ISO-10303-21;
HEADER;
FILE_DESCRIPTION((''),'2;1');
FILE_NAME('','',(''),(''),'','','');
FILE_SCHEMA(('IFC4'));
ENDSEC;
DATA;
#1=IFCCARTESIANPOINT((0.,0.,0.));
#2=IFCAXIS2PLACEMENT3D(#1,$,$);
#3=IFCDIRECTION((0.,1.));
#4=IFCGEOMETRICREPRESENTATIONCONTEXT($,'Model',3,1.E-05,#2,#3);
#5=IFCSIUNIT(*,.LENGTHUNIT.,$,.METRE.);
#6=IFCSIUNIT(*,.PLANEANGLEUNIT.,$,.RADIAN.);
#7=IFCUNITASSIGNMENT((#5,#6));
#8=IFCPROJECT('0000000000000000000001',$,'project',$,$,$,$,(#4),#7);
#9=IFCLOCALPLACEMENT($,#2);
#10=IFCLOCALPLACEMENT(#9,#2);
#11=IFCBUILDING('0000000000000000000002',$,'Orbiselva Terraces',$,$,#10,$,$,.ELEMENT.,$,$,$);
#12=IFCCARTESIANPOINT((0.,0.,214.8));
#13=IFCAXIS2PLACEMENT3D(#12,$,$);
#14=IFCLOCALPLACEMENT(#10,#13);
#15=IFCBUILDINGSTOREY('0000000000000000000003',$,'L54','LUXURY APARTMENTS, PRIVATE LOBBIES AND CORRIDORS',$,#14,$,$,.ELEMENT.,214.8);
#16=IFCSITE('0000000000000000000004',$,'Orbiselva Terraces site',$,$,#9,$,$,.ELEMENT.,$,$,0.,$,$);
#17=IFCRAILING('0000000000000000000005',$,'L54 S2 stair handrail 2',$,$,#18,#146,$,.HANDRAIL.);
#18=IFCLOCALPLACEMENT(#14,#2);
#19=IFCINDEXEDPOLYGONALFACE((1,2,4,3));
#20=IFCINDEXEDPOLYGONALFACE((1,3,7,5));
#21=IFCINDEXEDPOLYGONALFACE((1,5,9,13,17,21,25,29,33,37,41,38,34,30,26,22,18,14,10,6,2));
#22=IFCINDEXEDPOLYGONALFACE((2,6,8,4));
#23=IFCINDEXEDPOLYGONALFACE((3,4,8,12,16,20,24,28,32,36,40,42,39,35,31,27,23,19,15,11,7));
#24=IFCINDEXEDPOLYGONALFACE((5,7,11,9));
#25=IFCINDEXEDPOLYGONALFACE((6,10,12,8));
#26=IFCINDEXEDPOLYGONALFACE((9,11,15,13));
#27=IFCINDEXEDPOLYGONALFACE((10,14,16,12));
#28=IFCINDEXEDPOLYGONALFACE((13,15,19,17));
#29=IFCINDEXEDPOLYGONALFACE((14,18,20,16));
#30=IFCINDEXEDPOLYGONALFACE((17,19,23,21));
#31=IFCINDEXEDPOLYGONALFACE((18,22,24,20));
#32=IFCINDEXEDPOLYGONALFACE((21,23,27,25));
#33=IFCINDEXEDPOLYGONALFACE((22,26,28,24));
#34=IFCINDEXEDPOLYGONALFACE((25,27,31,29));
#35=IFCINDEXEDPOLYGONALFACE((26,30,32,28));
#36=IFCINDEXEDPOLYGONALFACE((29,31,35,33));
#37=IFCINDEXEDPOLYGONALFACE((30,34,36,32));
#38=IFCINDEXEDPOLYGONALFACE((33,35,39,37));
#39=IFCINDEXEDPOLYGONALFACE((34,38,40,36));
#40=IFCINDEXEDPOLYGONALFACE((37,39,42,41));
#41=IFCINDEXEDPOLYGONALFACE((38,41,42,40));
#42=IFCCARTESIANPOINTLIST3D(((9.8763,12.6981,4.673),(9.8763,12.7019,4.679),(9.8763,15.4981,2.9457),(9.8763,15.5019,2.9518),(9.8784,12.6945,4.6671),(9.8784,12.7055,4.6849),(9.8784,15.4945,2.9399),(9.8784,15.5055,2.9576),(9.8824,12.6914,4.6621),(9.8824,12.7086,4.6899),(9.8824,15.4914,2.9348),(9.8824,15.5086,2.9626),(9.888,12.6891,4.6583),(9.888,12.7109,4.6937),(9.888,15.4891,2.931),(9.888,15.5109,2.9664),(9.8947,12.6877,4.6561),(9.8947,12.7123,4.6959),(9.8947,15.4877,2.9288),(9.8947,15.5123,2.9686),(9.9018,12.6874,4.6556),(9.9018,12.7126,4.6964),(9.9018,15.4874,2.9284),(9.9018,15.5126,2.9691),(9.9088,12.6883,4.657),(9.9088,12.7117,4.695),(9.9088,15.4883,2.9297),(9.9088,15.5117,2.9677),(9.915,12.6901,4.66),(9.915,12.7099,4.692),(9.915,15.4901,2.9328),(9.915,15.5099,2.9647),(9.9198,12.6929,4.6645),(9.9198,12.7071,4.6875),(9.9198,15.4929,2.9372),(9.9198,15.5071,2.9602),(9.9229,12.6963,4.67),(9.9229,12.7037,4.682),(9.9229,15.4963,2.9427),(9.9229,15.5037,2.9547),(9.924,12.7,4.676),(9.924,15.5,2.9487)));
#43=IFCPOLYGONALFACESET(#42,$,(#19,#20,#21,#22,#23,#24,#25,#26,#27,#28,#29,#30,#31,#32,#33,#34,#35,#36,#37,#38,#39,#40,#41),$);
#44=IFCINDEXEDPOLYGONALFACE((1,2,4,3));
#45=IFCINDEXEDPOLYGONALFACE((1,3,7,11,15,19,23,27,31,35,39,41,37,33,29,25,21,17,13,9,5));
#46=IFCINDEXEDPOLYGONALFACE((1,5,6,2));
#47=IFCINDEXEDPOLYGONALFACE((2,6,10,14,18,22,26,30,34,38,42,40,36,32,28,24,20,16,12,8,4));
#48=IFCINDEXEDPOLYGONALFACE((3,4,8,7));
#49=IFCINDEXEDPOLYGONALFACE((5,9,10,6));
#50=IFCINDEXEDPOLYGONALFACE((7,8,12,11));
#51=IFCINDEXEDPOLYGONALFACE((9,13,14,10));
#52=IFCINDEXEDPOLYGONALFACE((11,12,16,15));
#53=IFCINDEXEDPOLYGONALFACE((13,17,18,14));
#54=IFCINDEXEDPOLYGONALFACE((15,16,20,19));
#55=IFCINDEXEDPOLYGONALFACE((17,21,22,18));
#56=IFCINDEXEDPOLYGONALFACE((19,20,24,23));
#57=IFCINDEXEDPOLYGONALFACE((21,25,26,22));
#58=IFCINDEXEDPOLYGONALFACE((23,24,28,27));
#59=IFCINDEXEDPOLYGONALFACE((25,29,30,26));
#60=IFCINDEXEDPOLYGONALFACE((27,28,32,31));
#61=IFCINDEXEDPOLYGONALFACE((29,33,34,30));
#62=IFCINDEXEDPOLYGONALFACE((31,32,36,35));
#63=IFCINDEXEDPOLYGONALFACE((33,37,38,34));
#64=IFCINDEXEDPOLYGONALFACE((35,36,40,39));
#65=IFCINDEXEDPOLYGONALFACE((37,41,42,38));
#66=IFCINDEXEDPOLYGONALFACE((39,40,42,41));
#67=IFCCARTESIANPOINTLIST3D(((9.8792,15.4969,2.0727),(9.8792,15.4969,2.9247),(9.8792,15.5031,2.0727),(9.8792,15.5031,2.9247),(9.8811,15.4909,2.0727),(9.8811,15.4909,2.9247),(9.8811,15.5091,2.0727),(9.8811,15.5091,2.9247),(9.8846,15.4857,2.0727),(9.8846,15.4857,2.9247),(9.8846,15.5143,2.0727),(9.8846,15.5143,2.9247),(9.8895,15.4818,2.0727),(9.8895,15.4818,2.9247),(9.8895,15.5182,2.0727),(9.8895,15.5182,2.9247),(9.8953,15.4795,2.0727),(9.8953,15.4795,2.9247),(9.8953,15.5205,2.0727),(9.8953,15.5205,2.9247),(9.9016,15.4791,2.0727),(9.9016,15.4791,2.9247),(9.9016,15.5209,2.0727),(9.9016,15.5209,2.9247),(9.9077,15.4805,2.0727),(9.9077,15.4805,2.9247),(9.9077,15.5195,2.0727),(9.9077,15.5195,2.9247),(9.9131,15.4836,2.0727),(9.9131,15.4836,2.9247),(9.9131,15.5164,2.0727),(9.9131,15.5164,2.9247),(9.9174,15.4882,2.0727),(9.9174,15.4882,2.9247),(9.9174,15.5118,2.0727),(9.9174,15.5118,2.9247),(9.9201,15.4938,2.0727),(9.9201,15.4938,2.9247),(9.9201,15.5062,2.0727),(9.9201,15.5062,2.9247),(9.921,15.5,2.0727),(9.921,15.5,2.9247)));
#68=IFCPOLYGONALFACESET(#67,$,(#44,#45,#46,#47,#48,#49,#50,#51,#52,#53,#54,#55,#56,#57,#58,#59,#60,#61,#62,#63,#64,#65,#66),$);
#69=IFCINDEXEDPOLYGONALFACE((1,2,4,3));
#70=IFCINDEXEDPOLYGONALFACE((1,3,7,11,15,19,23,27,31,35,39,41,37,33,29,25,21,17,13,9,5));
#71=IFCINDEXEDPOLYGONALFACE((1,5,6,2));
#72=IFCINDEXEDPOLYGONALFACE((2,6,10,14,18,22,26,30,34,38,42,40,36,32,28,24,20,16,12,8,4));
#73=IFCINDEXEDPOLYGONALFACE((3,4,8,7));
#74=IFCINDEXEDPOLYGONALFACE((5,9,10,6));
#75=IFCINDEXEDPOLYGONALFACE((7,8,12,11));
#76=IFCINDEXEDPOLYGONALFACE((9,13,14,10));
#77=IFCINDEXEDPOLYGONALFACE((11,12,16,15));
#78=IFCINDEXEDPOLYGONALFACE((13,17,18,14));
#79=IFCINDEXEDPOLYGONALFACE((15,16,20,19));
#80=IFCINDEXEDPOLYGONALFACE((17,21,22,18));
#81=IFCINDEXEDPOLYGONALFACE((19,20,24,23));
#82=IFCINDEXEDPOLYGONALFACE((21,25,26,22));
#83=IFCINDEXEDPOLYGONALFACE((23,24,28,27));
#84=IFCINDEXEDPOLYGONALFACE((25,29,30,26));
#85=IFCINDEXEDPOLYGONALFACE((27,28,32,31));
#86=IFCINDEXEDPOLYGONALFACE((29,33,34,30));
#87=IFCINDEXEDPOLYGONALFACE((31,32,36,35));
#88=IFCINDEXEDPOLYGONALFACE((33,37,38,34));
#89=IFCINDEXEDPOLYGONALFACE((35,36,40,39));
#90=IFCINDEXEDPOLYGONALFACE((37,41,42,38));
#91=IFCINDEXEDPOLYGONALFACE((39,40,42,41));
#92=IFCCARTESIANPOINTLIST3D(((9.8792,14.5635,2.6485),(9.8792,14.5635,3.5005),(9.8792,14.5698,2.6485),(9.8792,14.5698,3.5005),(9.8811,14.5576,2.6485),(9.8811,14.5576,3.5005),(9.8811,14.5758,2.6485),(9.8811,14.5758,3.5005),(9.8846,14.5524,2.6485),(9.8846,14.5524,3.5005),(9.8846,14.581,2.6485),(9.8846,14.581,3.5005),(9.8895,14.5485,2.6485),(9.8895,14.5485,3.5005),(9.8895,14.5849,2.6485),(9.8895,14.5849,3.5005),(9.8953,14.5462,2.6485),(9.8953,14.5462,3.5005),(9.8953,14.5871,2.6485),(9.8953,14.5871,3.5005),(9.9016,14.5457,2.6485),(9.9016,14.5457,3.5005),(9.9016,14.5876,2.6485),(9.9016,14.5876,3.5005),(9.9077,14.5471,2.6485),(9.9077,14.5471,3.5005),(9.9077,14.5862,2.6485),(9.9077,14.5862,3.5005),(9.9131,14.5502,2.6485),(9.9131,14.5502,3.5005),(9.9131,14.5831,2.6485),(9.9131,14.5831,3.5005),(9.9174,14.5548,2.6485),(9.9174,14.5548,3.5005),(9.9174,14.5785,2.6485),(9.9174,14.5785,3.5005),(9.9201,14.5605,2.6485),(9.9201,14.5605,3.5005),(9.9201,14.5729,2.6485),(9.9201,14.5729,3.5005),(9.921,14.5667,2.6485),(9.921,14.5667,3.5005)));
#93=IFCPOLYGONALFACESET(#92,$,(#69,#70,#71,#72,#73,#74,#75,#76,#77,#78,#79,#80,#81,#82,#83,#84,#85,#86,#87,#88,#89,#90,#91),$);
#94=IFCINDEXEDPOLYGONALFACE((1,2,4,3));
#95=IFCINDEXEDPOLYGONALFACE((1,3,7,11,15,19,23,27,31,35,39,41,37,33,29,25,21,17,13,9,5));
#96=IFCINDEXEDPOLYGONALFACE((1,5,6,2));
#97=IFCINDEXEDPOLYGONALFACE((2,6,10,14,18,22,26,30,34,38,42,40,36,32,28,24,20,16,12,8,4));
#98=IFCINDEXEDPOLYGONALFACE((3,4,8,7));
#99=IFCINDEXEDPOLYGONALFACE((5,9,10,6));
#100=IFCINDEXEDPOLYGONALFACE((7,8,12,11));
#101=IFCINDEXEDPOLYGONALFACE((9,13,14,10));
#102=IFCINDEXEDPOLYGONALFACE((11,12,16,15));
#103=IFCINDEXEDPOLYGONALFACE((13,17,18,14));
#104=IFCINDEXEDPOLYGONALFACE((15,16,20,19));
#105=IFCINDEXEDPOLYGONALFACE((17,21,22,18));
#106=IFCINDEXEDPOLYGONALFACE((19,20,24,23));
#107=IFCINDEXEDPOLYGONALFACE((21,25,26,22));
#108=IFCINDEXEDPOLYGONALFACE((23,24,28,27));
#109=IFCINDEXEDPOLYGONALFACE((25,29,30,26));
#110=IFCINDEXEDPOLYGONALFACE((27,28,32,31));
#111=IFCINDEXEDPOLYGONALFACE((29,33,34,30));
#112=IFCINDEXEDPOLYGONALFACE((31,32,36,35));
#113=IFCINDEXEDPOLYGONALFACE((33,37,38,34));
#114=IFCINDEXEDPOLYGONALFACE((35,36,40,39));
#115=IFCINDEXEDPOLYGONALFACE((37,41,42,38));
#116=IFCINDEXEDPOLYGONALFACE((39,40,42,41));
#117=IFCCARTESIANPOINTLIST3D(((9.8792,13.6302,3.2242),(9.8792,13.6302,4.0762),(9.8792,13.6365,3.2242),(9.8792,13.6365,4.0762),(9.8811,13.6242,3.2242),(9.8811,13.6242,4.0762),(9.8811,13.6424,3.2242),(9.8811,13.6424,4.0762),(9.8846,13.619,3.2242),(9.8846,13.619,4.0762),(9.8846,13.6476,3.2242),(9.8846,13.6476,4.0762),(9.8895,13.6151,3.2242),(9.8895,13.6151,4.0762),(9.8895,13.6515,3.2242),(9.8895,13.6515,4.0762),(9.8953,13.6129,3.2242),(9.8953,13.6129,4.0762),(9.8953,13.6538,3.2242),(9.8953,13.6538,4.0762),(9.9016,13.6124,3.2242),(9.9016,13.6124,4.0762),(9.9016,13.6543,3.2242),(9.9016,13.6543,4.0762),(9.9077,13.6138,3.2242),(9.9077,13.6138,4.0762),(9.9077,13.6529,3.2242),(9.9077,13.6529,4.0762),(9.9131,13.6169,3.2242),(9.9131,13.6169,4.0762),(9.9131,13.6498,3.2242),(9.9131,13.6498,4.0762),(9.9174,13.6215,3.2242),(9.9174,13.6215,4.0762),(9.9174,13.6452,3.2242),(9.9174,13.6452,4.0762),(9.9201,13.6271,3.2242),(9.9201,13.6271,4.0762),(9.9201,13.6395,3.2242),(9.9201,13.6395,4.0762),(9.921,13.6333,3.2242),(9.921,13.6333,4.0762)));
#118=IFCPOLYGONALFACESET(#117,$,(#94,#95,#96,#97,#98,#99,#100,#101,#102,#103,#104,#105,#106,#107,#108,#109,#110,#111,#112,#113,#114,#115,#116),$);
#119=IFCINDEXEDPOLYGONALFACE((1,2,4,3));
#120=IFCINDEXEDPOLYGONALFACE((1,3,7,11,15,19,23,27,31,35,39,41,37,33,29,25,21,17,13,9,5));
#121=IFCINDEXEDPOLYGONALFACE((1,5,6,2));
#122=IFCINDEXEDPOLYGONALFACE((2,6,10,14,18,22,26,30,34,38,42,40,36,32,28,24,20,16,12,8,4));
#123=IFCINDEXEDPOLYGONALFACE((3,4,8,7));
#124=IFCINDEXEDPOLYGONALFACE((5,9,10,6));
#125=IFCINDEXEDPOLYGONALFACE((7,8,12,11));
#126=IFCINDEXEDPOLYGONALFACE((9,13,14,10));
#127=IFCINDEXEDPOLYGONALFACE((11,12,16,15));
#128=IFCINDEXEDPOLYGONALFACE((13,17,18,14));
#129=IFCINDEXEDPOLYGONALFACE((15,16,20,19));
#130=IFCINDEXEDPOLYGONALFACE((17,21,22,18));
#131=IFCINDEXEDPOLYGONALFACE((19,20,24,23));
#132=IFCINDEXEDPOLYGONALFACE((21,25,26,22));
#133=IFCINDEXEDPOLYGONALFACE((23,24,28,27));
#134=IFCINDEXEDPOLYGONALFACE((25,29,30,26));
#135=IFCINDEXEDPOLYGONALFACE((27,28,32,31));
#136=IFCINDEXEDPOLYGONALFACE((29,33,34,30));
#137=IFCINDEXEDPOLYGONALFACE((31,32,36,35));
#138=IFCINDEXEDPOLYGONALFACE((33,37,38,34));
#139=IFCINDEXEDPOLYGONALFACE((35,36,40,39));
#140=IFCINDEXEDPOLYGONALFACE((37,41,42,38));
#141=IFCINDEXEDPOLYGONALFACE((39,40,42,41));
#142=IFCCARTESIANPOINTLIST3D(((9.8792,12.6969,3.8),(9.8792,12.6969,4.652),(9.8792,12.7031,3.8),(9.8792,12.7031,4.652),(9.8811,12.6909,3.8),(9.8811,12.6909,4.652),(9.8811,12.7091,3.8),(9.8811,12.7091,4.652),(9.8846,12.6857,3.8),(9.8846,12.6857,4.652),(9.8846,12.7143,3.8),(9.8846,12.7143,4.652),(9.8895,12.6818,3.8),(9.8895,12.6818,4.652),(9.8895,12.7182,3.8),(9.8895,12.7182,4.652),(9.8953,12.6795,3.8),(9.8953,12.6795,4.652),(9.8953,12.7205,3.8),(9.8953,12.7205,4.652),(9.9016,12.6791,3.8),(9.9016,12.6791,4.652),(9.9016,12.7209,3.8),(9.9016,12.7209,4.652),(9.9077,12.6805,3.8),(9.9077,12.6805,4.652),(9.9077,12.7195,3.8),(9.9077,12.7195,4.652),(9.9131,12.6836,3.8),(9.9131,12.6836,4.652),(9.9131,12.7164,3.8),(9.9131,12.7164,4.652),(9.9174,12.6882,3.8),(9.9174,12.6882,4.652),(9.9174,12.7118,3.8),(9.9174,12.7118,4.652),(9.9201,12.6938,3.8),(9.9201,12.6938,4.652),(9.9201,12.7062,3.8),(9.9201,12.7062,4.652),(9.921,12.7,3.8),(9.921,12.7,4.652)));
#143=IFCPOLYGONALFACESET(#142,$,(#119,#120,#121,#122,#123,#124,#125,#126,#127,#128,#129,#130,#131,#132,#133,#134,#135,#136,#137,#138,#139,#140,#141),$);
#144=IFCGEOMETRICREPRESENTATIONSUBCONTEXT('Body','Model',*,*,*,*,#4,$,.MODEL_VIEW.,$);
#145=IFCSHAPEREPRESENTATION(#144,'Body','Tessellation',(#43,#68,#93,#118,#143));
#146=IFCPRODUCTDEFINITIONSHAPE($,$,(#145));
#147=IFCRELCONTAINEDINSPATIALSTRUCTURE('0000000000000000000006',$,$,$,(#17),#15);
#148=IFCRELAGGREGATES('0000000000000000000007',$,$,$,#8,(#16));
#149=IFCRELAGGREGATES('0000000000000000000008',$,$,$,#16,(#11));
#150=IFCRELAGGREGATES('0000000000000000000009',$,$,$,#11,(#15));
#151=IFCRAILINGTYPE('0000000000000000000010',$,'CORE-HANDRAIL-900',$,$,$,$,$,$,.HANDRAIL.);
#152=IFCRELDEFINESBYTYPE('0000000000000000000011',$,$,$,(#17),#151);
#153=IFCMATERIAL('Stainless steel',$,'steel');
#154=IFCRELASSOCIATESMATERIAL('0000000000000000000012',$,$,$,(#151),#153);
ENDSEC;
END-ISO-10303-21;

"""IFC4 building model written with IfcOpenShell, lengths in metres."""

from ifc_helpers import new_model, si_unit, direction, frame, origin, origin_2d, place, context, subcontext, project, spatial, circle, extrude, material, type_object, element, save


model = new_model("IFC4")

# Units and contexts
model_context = context("Model", 3, precision=1e-05, world=origin(), true_north=direction((0.0, 1.0)))
body_context = subcontext(model_context, "Body", "Model", "MODEL_VIEW")
ifc_project = project(units=[si_unit("LENGTHUNIT", "METRE"), si_unit("PLANEANGLEUNIT", "RADIAN")], contexts=[model_context])

# Site, building, storey
site_placement = place(None, origin())
site = spatial("IfcSite", under=ifc_project, at=site_placement, Name="Orbiselva Terraces site", CompositionType="ELEMENT", RefElevation=0.0)
building_placement = place(site_placement, origin())
building = spatial("IfcBuilding", under=site, at=building_placement, Name="Orbiselva Terraces", CompositionType="ELEMENT")
storey_placement = place(building_placement, frame((0.0, 0.0, 214.8)))
storey = spatial("IfcBuildingStorey", under=building, at=storey_placement, Name="L54", Description="LUXURY APARTMENTS, PRIVATE LOBBIES AND CORRIDORS", CompositionType="ELEMENT", Elevation=214.8)

# Railing
ifc_material_1 = material(Name="Stainless steel", Category="steel")
railing_type = type_object("IfcRailingType", Name="CORE-HANDRAIL-900", PredefinedType="HANDRAIL", material=ifc_material_1)
railing_1_placement = place(storey_placement, frame((9.9, 15.5, 2.0727)))
element("IfcRailing", 1, at=railing_1_placement, inside=storey, type_object=railing_type, Name="L54 S2 stair handrail 2", PredefinedType="HANDRAIL", context=body_context, shape_type="SweptSolid", body=[
    extrude(circle(Radius=0.024, at=origin_2d()), frame((0.0, 0.0, 0.876), z_axis=(0.0, -0.851089, 0.525022), x_axis=(1.0, 0.0, 0.0)), (0.0, 0.0, 1.0), 3.2899),
    extrude(circle(Radius=0.021, at=origin_2d()), origin(), (0.0, 0.0, 1.0), 0.852),
    extrude(circle(Radius=0.021, at=origin_2d()), frame((0.0, -0.9333, 0.5758)), (0.0, 0.0, 1.0), 0.852),
    extrude(circle(Radius=0.021, at=origin_2d()), frame((0.0, -1.8667, 1.1515)), (0.0, 0.0, 1.0), 0.852),
    extrude(circle(Radius=0.021, at=origin_2d()), frame((0.0, -2.8, 1.7273)), (0.0, 0.0, 1.0), 0.852),
])

save(model, "model.ifc")
